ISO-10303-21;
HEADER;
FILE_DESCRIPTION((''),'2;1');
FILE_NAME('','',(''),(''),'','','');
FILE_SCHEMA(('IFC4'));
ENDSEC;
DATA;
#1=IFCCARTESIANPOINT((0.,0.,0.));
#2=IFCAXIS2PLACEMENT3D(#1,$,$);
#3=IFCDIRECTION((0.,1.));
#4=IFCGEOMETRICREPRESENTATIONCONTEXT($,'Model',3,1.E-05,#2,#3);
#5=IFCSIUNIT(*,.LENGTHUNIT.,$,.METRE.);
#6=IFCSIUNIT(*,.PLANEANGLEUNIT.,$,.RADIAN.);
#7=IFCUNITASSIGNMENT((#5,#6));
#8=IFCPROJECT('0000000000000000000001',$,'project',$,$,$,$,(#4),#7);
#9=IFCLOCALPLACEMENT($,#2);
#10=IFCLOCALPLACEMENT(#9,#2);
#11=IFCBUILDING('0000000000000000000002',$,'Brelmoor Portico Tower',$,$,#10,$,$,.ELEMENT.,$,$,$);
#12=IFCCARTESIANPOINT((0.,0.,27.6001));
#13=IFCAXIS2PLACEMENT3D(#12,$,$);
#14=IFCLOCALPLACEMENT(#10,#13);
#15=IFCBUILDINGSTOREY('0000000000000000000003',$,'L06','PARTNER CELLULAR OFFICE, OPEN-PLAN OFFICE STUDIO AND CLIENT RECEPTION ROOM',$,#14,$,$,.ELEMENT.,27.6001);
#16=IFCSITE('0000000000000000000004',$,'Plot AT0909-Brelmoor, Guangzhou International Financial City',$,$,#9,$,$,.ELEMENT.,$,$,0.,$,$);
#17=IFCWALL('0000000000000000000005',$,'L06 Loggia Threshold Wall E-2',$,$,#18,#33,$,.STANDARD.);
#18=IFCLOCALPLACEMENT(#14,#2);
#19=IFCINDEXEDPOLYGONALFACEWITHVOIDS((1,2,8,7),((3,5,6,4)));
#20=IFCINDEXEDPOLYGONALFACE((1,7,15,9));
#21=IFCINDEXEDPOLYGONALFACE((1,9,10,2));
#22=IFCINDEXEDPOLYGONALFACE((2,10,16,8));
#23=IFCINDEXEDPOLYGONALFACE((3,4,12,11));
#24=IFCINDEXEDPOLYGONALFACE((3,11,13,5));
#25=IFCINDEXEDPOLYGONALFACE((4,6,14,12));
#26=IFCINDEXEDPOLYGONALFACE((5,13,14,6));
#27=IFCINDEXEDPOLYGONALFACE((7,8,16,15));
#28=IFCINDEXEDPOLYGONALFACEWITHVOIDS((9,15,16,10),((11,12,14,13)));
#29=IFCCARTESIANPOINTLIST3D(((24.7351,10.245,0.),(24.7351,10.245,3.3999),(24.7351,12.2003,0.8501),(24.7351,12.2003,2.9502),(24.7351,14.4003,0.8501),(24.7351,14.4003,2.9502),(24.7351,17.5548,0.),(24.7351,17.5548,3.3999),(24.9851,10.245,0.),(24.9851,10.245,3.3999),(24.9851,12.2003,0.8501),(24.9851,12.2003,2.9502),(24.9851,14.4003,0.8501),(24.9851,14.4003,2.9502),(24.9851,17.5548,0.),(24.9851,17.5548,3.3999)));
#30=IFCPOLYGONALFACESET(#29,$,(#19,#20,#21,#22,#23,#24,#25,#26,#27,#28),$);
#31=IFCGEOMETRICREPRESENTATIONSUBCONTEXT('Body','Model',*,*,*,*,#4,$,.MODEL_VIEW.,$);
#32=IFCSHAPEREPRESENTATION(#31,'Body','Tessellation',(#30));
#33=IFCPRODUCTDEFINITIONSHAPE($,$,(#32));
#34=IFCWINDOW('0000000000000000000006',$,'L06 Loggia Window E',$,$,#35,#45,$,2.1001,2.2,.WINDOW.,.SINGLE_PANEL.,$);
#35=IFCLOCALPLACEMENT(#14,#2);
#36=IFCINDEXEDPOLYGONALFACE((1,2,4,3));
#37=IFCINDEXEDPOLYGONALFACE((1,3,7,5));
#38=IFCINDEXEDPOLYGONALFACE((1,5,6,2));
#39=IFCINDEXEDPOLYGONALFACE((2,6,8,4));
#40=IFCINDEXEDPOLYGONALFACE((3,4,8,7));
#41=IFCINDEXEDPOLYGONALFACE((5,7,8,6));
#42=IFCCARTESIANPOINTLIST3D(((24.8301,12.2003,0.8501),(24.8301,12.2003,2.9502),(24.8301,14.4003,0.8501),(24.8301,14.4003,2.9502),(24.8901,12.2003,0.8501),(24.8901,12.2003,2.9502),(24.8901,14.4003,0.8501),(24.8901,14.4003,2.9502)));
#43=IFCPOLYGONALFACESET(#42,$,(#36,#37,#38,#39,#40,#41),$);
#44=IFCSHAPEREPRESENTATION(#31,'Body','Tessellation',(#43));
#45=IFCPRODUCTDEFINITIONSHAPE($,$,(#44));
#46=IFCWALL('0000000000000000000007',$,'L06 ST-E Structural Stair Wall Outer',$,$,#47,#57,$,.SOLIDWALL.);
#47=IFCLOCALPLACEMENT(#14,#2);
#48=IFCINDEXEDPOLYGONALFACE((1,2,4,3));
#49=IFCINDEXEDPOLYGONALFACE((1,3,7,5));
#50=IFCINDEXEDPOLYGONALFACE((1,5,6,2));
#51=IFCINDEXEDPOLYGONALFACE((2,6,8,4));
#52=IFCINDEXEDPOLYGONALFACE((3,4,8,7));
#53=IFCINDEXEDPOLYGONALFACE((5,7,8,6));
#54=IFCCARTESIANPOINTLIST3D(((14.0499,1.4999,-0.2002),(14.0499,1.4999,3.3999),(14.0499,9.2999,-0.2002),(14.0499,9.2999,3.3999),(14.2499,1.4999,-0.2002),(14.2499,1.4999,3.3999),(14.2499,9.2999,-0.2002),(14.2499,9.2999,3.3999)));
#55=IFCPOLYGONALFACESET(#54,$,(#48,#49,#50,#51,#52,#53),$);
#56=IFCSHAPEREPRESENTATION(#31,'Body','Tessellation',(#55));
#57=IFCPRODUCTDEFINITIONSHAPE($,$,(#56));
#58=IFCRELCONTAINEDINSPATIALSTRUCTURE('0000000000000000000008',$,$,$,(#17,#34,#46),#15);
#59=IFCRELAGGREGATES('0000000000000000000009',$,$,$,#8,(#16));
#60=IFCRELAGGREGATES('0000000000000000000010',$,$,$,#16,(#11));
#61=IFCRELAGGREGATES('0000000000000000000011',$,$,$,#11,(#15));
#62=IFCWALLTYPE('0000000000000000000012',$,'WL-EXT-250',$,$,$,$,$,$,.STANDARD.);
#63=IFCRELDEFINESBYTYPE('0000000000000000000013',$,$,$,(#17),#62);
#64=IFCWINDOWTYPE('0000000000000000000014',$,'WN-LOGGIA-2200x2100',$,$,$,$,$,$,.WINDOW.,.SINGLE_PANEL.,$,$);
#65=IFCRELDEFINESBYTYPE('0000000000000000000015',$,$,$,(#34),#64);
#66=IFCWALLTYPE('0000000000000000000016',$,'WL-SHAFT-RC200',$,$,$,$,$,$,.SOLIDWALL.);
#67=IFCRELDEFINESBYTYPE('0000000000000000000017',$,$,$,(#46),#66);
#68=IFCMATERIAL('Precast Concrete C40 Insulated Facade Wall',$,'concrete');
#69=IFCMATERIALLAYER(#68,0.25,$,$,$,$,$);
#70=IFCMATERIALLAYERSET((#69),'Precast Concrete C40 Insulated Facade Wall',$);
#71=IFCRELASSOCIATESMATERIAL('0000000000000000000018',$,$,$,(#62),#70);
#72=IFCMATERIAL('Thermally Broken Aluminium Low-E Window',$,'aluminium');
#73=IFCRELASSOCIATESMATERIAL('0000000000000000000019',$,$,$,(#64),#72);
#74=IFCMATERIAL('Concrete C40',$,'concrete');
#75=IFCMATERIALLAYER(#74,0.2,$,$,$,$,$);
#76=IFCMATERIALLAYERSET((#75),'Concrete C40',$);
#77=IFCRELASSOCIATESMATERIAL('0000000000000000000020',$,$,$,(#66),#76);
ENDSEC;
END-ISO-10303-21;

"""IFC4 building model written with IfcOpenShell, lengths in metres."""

from ifc_helpers import new_model, si_unit, direction, frame, frame_2d, origin, place, context, subcontext, project, spatial, rectangle, extrude, material, layer, layer_set, type_object, element, fill, save


model = new_model("IFC4")

# Units and contexts
model_context = context("Model", 3, precision=1e-05, world=origin(), true_north=direction((0.0, 1.0)))
body_context = subcontext(model_context, "Body", "Model", "MODEL_VIEW")
ifc_project = project(units=[si_unit("LENGTHUNIT", "METRE"), si_unit("PLANEANGLEUNIT", "RADIAN")], contexts=[model_context])

# Site, building, storey
site_placement = place(None, origin())
site = spatial("IfcSite", under=ifc_project, at=site_placement, Name="Plot AT0909-Brelmoor, Guangzhou International Financial City", CompositionType="ELEMENT", RefElevation=0.0)
building_placement = place(site_placement, origin())
building = spatial("IfcBuilding", under=site, at=building_placement, Name="Brelmoor Portico Tower", CompositionType="ELEMENT")
storey_placement = place(building_placement, frame((0.0, 0.0, 27.6001)))
storey = spatial("IfcBuildingStorey", under=building, at=storey_placement, Name="L06", Description="PARTNER CELLULAR OFFICE, OPEN-PLAN OFFICE STUDIO AND CLIENT RECEPTION ROOM", CompositionType="ELEMENT", Elevation=27.6001)

# Shared definitions
ifc_material_1 = material(Name="Precast Concrete C40 Insulated Facade Wall", Category="concrete")
ifc_layer_1 = layer(ifc_material_1, 0.25)
ifc_layer_set_1 = layer_set([ifc_layer_1], Name="Precast Concrete C40 Insulated Facade Wall")
wall_type_1 = type_object("IfcWallType", Name="WL-EXT-250", PredefinedType="STANDARD", material=ifc_layer_set_1)

# Wall, opening, window
wall_1_placement = place(storey_placement, frame((24.8601, 10.2451, 0.0), z_axis=(0.0, 0.0, 1.0), x_axis=(0.0, 1.0, 0.0)))
wall_1 = element("IfcWall", 1, at=wall_1_placement, inside=storey, type_object=wall_type_1, Name="L06 Loggia Threshold Wall E-2", PredefinedType="STANDARD", context=body_context, shape_type="SweptSolid", body=[
    extrude(rectangle(XDim=7.3098, YDim=0.25, at=frame_2d((3.6548, 0.0))), origin(), (0.0, 0.0, 1.0), 3.3999),
])
opening_1_placement = place(wall_1_placement, frame((1.9551, 0.0, 0.8501)))
opening_1 = element("IfcOpeningElement", 2, at=opening_1_placement, cuts=wall_1, PredefinedType="OPENING", context=body_context, shape_type="SweptSolid", body=[
    extrude(rectangle(XDim=2.2, YDim=2.1001, at=frame_2d((1.1001, 1.05))), frame((0.0, 0.135, 0.0), z_axis=(0.0, -1.0, 0.0), x_axis=(1.0, 0.0, 0.0)), (0.0, 0.0, 1.0), 0.27),
])
ifc_material_2 = material(Name="Thermally Broken Aluminium Low-E Window", Category="aluminium")
window_type = type_object("IfcWindowType", Name="WN-LOGGIA-2200x2100", PartitioningType="SINGLE_PANEL", PredefinedType="WINDOW", material=ifc_material_2)
window_placement = place(opening_1_placement, origin())
window = element("IfcWindow", 3, at=window_placement, inside=storey, type_object=window_type, Name="L06 Loggia Window E", OverallHeight=2.1001, OverallWidth=2.2, PartitioningType="SINGLE_PANEL", PredefinedType="WINDOW", context=body_context, shape_type="SweptSolid", body=[
    extrude(rectangle(XDim=2.2, YDim=2.1001, at=frame_2d((1.1001, 1.05))), frame((0.0, 0.03, 0.0), z_axis=(0.0, -1.0, 0.0), x_axis=(1.0, 0.0, 0.0)), (0.0, 0.0, 1.0), 0.0601),
])
fill(opening_1, window)

# Wall
ifc_material_3 = material(Name="Concrete C40", Category="concrete")
ifc_layer_2 = layer(ifc_material_3, 0.2)
ifc_layer_set_2 = layer_set([ifc_layer_2], Name="Concrete C40")
wall_type_2 = type_object("IfcWallType", Name="WL-SHAFT-RC200", PredefinedType="SOLIDWALL", material=ifc_layer_set_2)
wall_2_placement = place(storey_placement, frame((14.1499, 1.5, -0.2002), z_axis=(0.0, 0.0, 1.0), x_axis=(0.0, 1.0, 0.0)))
element("IfcWall", 4, at=wall_2_placement, inside=storey, type_object=wall_type_2, Name="L06 ST-E Structural Stair Wall Outer", PredefinedType="SOLIDWALL", context=body_context, shape_type="SweptSolid", body=[
    extrude(rectangle(XDim=7.8, YDim=0.2, at=frame_2d((3.8999, 0.0))), origin(), (0.0, 0.0, 1.0), 3.6001),
])

save(model, "model.ifc")
